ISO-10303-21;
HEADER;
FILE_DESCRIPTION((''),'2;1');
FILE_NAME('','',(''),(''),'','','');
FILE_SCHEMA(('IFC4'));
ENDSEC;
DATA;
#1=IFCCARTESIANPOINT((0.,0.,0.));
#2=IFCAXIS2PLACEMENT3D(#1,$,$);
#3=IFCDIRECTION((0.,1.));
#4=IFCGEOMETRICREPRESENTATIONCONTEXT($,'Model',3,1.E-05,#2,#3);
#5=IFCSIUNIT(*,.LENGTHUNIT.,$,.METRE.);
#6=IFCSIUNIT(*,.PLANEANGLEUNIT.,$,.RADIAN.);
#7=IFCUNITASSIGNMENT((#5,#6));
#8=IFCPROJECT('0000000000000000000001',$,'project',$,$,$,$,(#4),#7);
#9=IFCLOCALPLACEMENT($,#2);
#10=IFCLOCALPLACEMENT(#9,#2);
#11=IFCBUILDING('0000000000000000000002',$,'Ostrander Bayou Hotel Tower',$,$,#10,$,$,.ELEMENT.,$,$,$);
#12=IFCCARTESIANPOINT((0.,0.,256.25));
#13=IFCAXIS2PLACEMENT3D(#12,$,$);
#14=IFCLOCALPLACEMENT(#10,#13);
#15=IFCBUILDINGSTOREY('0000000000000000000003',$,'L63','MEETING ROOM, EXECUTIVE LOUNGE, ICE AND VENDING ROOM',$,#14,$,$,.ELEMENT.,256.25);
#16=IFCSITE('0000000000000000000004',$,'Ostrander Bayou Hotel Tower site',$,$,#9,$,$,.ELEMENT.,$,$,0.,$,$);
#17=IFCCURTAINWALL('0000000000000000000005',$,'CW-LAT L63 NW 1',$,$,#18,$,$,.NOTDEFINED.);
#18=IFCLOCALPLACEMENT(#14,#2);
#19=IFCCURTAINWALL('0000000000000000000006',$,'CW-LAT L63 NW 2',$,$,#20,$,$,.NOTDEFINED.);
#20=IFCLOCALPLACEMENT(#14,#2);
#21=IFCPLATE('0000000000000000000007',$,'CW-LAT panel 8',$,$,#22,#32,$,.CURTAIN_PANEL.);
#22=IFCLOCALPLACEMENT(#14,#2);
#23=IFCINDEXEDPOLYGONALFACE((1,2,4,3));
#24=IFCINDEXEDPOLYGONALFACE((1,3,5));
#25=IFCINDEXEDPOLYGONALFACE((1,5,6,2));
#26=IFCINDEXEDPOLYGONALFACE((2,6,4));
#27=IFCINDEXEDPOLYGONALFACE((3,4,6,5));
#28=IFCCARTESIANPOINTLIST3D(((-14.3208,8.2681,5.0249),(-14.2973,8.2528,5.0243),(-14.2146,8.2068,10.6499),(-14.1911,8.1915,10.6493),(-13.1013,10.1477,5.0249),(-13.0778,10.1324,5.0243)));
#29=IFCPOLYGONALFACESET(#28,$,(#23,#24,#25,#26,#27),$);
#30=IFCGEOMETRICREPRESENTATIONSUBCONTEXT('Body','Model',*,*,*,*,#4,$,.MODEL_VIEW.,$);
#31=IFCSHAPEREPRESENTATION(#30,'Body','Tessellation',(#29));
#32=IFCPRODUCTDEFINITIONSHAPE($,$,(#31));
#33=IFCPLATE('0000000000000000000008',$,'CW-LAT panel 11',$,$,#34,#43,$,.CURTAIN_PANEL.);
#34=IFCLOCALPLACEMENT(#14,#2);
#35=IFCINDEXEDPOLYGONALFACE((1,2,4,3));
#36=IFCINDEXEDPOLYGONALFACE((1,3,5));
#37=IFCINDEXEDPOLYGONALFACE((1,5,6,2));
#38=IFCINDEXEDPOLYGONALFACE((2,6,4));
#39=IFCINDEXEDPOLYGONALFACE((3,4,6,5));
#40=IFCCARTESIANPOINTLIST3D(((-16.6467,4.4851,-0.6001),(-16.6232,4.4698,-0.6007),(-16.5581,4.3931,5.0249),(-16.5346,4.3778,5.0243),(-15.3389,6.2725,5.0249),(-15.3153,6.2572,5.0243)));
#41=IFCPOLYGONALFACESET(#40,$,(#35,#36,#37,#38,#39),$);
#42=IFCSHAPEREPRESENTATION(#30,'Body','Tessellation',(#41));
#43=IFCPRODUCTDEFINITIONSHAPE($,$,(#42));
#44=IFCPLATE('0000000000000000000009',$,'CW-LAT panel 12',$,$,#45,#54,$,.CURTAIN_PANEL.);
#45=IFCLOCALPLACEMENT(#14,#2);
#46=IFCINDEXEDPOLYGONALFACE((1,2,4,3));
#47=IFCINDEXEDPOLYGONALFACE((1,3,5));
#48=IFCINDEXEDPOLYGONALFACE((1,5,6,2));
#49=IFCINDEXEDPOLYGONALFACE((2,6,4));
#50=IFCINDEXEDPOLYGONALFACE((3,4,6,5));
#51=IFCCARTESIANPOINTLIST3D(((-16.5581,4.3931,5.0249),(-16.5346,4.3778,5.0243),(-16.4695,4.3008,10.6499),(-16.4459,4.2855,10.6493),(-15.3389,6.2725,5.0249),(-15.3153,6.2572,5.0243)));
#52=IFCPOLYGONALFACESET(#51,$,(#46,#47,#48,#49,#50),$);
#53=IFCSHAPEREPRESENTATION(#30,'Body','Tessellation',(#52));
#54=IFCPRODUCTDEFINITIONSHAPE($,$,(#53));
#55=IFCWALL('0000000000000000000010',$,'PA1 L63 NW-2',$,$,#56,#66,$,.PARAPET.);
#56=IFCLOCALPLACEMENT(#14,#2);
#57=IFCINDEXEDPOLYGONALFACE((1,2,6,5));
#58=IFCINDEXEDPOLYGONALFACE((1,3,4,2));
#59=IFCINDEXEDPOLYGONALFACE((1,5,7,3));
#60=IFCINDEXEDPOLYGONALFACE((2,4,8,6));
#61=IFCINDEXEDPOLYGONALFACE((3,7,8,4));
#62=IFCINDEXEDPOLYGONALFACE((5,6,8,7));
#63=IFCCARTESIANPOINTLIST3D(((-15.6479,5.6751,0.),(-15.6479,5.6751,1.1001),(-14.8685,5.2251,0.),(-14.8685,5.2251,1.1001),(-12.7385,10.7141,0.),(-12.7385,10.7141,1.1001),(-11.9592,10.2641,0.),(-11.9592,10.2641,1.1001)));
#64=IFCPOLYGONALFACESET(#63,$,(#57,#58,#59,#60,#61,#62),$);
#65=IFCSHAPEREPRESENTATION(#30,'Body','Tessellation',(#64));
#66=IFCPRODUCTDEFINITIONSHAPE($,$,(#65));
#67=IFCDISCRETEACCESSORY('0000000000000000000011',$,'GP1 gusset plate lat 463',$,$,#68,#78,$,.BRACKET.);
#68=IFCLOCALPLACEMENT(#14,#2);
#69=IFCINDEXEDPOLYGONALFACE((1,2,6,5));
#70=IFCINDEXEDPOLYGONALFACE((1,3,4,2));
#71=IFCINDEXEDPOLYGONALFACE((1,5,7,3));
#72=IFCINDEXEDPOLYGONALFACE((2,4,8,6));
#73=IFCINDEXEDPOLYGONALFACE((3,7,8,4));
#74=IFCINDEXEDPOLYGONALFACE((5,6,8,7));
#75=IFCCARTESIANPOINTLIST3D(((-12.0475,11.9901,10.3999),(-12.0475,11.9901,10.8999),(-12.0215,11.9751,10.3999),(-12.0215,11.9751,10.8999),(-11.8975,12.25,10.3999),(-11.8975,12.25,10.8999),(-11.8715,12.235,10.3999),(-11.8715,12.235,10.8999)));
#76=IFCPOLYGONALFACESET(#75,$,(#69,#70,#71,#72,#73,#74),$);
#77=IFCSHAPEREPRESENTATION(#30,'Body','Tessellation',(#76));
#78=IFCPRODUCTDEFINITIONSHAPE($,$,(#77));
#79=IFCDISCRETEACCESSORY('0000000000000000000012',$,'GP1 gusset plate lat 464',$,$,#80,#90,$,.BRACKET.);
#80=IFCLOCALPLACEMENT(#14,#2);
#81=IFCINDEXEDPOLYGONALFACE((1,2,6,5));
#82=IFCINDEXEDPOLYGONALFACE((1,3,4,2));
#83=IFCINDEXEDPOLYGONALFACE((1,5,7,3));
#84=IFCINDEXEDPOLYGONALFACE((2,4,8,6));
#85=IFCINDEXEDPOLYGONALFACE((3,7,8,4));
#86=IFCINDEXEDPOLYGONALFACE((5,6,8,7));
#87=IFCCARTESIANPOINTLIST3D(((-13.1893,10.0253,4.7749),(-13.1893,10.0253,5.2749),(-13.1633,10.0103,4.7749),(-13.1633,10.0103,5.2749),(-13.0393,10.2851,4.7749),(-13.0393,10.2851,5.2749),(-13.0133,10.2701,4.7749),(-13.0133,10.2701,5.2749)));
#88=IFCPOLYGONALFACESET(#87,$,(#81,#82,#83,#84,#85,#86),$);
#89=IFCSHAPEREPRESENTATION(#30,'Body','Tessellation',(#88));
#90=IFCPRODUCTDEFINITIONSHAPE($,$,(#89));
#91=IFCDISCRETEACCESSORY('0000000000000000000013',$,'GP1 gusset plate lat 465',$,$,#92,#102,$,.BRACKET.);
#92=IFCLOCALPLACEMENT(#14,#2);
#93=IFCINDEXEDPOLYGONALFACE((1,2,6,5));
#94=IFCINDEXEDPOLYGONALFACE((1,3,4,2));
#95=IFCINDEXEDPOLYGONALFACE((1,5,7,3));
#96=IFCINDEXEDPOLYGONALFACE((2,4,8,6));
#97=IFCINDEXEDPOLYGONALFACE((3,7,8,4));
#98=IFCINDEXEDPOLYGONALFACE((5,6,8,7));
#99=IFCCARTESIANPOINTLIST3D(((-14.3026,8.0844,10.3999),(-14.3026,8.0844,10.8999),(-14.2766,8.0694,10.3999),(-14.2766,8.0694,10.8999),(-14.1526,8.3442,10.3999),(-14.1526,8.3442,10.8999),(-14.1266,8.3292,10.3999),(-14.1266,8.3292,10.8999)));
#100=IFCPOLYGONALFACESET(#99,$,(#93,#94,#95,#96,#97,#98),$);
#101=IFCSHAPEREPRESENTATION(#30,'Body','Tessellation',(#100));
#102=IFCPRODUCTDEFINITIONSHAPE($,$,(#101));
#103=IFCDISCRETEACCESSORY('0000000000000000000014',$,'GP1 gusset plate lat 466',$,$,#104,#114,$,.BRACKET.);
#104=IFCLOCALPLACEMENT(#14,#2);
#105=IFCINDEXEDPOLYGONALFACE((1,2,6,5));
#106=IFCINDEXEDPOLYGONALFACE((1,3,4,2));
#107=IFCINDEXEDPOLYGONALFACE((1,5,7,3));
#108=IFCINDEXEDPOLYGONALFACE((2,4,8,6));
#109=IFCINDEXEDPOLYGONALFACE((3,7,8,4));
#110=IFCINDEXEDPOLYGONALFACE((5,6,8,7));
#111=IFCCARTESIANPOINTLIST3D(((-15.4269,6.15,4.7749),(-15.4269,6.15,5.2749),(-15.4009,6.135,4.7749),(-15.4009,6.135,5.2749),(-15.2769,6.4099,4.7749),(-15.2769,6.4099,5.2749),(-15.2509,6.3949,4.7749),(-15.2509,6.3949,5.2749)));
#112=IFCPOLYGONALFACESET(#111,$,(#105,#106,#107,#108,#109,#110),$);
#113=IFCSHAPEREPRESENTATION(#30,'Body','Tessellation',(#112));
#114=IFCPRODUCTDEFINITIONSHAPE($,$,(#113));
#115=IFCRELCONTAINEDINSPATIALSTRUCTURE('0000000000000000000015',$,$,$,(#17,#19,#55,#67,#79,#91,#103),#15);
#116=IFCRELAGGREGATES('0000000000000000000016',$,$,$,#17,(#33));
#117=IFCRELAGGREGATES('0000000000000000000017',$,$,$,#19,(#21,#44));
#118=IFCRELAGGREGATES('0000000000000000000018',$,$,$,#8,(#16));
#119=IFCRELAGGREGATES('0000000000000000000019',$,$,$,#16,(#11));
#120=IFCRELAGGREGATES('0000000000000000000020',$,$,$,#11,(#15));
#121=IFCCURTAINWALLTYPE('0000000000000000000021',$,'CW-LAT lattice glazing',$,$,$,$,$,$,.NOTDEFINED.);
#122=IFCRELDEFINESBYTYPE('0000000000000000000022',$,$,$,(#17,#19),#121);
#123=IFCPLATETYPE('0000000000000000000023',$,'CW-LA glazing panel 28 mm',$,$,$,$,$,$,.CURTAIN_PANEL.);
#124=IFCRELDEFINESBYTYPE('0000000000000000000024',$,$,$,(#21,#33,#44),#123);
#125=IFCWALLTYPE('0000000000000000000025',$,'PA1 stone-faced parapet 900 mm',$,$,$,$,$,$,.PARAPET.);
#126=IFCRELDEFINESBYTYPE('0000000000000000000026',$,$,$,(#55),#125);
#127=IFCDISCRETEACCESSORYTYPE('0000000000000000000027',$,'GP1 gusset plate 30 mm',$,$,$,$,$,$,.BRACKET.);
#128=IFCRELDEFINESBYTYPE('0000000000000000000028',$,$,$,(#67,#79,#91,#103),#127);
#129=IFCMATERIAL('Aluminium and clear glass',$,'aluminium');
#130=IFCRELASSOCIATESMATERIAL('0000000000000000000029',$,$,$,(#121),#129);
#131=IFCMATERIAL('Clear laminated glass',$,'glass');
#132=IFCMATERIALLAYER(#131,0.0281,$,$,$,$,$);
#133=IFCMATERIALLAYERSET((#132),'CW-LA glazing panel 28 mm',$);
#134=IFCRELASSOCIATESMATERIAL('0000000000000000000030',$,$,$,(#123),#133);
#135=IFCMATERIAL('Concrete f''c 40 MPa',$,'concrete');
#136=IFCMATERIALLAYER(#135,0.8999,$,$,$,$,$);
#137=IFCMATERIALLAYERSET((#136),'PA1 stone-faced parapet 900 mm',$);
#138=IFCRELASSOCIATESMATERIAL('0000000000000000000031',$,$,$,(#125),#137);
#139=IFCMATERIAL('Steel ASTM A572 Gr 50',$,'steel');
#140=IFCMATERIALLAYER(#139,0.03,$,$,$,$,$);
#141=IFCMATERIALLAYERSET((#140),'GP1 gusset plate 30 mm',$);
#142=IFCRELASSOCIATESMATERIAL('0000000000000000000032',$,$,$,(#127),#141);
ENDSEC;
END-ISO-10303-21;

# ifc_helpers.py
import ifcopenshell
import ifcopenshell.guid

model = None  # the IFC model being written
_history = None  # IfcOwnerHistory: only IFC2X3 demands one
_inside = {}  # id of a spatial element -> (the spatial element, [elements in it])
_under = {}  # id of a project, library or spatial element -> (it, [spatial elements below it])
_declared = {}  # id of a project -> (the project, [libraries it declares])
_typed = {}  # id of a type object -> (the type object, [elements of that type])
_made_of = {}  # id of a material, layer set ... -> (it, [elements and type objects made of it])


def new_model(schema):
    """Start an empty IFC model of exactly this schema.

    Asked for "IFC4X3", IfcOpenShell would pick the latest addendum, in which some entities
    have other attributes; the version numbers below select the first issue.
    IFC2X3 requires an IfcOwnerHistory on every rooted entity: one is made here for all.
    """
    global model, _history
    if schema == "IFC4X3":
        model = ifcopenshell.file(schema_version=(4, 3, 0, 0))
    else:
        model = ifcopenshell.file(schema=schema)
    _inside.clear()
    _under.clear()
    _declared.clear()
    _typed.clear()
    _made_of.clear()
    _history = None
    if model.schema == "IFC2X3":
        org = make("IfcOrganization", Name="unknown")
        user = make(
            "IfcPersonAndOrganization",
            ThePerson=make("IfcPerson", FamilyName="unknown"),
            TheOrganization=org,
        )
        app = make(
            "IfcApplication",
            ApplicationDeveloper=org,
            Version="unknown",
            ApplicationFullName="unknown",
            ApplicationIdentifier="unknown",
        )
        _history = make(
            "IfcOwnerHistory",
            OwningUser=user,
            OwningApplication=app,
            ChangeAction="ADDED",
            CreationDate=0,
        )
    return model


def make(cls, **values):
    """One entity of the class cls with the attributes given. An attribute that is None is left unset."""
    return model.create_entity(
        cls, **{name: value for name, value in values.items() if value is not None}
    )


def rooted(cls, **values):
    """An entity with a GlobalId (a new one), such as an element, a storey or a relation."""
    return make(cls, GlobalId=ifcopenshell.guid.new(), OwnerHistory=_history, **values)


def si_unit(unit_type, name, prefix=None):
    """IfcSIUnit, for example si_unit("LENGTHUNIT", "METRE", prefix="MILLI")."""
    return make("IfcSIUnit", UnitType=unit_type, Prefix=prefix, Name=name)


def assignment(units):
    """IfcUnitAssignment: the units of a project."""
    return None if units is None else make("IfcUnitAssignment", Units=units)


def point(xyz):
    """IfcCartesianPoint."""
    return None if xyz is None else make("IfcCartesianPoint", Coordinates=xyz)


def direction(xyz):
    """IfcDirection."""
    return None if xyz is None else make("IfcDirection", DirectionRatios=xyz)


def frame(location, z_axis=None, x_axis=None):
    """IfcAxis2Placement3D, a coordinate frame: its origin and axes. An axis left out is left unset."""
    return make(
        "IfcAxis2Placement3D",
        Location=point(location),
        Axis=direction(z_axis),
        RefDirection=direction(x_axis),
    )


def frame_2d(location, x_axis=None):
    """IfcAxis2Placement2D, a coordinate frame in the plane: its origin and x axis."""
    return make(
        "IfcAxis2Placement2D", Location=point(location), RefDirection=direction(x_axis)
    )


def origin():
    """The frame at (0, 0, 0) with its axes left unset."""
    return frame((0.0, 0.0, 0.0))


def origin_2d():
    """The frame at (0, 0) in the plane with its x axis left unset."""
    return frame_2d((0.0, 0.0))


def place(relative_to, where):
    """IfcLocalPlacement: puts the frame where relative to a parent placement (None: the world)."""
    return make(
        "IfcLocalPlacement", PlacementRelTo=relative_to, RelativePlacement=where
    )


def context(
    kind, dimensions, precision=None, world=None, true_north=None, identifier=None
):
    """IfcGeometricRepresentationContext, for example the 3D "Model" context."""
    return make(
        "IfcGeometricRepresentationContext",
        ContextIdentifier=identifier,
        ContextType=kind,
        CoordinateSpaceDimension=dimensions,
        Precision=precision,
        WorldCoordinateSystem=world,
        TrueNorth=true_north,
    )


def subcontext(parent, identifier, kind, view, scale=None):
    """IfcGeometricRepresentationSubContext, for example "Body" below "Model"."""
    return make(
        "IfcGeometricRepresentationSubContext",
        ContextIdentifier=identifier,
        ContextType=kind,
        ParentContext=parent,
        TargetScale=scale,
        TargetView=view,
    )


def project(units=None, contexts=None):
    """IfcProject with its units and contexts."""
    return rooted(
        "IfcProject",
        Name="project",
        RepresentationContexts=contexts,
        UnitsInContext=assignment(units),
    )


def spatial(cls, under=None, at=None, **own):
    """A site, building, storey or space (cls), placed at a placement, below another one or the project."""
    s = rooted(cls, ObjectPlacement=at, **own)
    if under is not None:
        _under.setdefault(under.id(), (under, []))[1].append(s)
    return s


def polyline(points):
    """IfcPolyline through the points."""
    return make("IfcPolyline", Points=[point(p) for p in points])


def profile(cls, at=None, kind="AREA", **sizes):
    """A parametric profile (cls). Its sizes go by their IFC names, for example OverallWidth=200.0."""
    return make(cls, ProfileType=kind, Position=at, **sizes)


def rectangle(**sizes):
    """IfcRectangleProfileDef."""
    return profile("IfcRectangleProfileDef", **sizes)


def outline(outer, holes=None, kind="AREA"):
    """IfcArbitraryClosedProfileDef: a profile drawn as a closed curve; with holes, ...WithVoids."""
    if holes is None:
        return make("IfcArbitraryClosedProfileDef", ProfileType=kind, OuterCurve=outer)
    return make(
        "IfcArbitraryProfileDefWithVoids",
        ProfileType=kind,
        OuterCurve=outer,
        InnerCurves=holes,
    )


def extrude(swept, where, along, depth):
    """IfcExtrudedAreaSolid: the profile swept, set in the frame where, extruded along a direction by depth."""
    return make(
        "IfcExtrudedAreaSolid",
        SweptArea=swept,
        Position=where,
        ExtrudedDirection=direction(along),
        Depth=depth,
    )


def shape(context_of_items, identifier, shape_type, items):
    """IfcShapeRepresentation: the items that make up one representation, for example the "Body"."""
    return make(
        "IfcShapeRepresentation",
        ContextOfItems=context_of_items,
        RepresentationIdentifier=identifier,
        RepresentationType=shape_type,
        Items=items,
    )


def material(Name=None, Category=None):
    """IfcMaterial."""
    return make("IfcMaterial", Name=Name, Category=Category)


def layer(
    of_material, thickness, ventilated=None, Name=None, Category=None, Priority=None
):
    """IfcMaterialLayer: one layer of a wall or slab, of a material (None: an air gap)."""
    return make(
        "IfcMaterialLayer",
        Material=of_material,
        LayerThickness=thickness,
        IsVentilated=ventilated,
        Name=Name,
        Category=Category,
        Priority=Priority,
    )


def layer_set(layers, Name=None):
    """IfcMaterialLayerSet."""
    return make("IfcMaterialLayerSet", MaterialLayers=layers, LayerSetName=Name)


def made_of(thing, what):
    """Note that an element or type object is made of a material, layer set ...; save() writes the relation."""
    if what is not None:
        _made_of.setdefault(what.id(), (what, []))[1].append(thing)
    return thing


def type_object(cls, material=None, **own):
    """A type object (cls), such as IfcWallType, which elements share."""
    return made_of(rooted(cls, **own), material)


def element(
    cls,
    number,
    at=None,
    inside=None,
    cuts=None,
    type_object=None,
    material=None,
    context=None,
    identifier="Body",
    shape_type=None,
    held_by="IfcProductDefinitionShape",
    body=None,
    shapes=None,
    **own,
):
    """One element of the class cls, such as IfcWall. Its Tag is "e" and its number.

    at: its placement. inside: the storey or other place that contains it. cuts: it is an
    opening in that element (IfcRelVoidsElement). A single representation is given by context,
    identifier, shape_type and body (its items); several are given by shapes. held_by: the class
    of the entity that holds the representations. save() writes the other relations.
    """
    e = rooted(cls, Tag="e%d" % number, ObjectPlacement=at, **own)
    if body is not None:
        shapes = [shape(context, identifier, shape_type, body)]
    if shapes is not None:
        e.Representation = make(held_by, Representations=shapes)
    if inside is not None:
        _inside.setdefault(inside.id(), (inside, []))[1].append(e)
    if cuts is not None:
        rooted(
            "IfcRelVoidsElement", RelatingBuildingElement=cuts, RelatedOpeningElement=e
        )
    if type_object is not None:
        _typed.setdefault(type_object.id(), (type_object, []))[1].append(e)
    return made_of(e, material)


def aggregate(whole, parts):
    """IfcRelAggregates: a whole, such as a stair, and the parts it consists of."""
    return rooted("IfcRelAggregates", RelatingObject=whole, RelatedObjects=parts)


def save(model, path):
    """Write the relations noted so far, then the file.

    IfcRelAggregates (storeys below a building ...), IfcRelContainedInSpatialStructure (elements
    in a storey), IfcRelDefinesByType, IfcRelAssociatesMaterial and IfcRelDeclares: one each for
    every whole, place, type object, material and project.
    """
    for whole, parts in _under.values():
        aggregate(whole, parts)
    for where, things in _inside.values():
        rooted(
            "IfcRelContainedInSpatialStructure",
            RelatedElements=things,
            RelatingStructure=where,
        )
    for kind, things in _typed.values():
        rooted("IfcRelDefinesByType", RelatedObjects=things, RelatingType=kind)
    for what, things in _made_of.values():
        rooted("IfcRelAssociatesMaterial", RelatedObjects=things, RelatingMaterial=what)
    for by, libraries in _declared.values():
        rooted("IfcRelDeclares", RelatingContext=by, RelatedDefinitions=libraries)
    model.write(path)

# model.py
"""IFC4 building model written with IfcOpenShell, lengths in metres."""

from ifc_helpers import new_model, si_unit, direction, frame, frame_2d, origin, origin_2d, place, context, subcontext, project, spatial, polyline, rectangle, outline, extrude, material, layer, layer_set, type_object, element, aggregate, save


model = new_model("IFC4")

# Units and contexts
model_context = context("Model", 3, precision=1e-05, world=origin(), true_north=direction((0.0, 1.0)))
body_context = subcontext(model_context, "Body", "Model", "MODEL_VIEW")
ifc_project = project(units=[si_unit("LENGTHUNIT", "METRE"), si_unit("PLANEANGLEUNIT", "RADIAN")], contexts=[model_context])

# Site, building, storey
site_placement = place(None, origin())
site = spatial("IfcSite", under=ifc_project, at=site_placement, Name="Ostrander Bayou Hotel Tower site", CompositionType="ELEMENT", RefElevation=0.0)
building_placement = place(site_placement, origin())
building = spatial("IfcBuilding", under=site, at=building_placement, Name="Ostrander Bayou Hotel Tower", CompositionType="ELEMENT")
storey_placement = place(building_placement, frame((0.0, 0.0, 256.25)))
storey = spatial("IfcBuildingStorey", under=building, at=storey_placement, Name="L63", Description="MEETING ROOM, EXECUTIVE LOUNGE, ICE AND VENDING ROOM", CompositionType="ELEMENT", Elevation=256.25)

# Curtain walls
ifc_material_1 = material(Name="Aluminium and clear glass", Category="aluminium")
curtain_wall_type = type_object("IfcCurtainWallType", Name="CW-LAT lattice glazing", PredefinedType="NOTDEFINED", material=ifc_material_1)
curtain_wall_1_placement = place(storey_placement, origin())
curtain_wall_1 = element("IfcCurtainWall", 1, at=curtain_wall_1_placement, inside=storey, type_object=curtain_wall_type, Name="CW-LAT L63 NW 1", PredefinedType="NOTDEFINED")
curtain_wall_2_placement = place(storey_placement, origin())
curtain_wall_2 = element("IfcCurtainWall", 2, at=curtain_wall_2_placement, inside=storey, type_object=curtain_wall_type, Name="CW-LAT L63 NW 2", PredefinedType="NOTDEFINED")

# Shared definitions
ifc_material_2 = material(Name="Clear laminated glass", Category="glass")
ifc_layer_1 = layer(ifc_material_2, 0.0281)
ifc_layer_set_1 = layer_set([ifc_layer_1], Name="CW-LA glazing panel 28 mm")
plate_type = type_object("IfcPlateType", Name="CW-LA glazing panel 28 mm", PredefinedType="CURTAIN_PANEL", material=ifc_layer_set_1)

# Plates
plate_1_placement = place(storey_placement, frame((-13.1013, 10.1477, 5.0249), z_axis=(-0.83871, 0.544143, 0.021763), x_axis=(-0.183901, -0.320617, 0.929185)))
plate_1 = element("IfcPlate", 3, at=plate_1_placement, type_object=plate_type, Name="CW-LAT panel 8", PredefinedType="CURTAIN_PANEL", context=body_context, shape_type="SweptSolid", body=[
    extrude(outline(polyline([(0.0, 0.0), (6.0537, 0.0), (0.8269, -2.0824), (0.0, 0.0)])), origin(), (0.0, 0.0, -1.0), 0.0281),
])
plate_2_placement = place(storey_placement, frame((-15.3389, 6.2725, 5.0249), z_axis=(-0.838721, 0.544112, 0.022117), x_axis=(-0.216343, -0.29566, -0.930474)))
plate_2 = element("IfcPlate", 4, at=plate_2_placement, type_object=plate_type, Name="CW-LAT panel 11", PredefinedType="CURTAIN_PANEL", context=body_context, shape_type="SweptSolid", body=[
    extrude(outline(polyline([(0.0, 0.0), (6.0453, 0.0), (0.8194, 2.085), (0.0, 0.0)])), origin(), (0.0, 0.0, -1.0), 0.0281),
])
aggregate(curtain_wall_1, [plate_2])
plate_3_placement = place(storey_placement, frame((-15.3389, 6.2725, 5.0249), z_axis=(-0.838721, 0.544112, 0.022141), x_axis=(-0.18636, -0.324993, 0.927173)))
plate_3 = element("IfcPlate", 5, at=plate_3_placement, type_object=plate_type, Name="CW-LAT panel 12", PredefinedType="CURTAIN_PANEL", context=body_context, shape_type="SweptSolid", body=[
    extrude(outline(polyline([(0.0, 0.0), (6.0668, 0.0), (0.838, -2.0776), (0.0, 0.0)])), origin(), (0.0, 0.0, -1.0), 0.0281),
])
aggregate(curtain_wall_2, [plate_1, plate_3])

# Wall
ifc_material_3 = material(Name="Concrete f'c 40 MPa", Category="concrete")
ifc_layer_2 = layer(ifc_material_3, 0.8999)
ifc_layer_set_2 = layer_set([ifc_layer_2], Name="PA1 stone-faced parapet 900 mm")
wall_type = type_object("IfcWallType", Name="PA1 stone-faced parapet 900 mm", PredefinedType="PARAPET", material=ifc_layer_set_2)
wall_placement = place(storey_placement, frame((-12.3489, 10.489, 0.0), z_axis=(0.0, 0.0, 1.0), x_axis=(-0.500015, -0.866016, 0.0)))
element("IfcWall", 6, at=wall_placement, inside=storey, type_object=wall_type, Name="PA1 L63 NW-2", PredefinedType="PARAPET", context=body_context, shape_type="SweptSolid", body=[
    extrude(rectangle(XDim=5.8186, YDim=0.8999, at=frame_2d((2.9092, 0.0))), origin(), (0.0, 0.0, 1.0), 1.1001),
])

# Discrete accessories
ifc_material_4 = material(Name="Steel ASTM A572 Gr 50", Category="steel")
ifc_layer_3 = layer(ifc_material_4, 0.03)
ifc_layer_set_3 = layer_set([ifc_layer_3], Name="GP1 gusset plate 30 mm")
discrete_accessory_type = type_object("IfcDiscreteAccessoryType", Name="GP1 gusset plate 30 mm", PredefinedType="BRACKET", material=ifc_layer_set_3)
for number, where, z_axis, x_axis, name in (
    (7, (-11.9595, 12.1125, 10.3999), (0.0, 0.0, 1.0), (-0.5, -0.866025, 0.0), "GP1 gusset plate lat 463"),
    (8, (-13.1013, 10.1477, 4.7749), (0.0, 0.0, 1.0), (-0.5, -0.866025, 0.0), "GP1 gusset plate lat 464"),
    (9, (-14.2146, 8.2068, 10.3999), (0.0, 0.0, 1.0), (-0.5, -0.866025, 0.0), "GP1 gusset plate lat 465"),
    (10, (-15.3389, 6.2725, 4.7749), (0.0, 0.0, 1.0), (-0.5, -0.866025, 0.0), "GP1 gusset plate lat 466"),
):
    element("IfcDiscreteAccessory", number, at=place(storey_placement, frame(where, z_axis=z_axis, x_axis=x_axis)), inside=storey, type_object=discrete_accessory_type, Name=name, PredefinedType="BRACKET", context=body_context, shape_type="SweptSolid", body=[
        extrude(rectangle(XDim=0.3, YDim=0.03, at=origin_2d()), origin(), (0.0, 0.0, 1.0), 0.5),
    ])

save(model, "model.ifc")
